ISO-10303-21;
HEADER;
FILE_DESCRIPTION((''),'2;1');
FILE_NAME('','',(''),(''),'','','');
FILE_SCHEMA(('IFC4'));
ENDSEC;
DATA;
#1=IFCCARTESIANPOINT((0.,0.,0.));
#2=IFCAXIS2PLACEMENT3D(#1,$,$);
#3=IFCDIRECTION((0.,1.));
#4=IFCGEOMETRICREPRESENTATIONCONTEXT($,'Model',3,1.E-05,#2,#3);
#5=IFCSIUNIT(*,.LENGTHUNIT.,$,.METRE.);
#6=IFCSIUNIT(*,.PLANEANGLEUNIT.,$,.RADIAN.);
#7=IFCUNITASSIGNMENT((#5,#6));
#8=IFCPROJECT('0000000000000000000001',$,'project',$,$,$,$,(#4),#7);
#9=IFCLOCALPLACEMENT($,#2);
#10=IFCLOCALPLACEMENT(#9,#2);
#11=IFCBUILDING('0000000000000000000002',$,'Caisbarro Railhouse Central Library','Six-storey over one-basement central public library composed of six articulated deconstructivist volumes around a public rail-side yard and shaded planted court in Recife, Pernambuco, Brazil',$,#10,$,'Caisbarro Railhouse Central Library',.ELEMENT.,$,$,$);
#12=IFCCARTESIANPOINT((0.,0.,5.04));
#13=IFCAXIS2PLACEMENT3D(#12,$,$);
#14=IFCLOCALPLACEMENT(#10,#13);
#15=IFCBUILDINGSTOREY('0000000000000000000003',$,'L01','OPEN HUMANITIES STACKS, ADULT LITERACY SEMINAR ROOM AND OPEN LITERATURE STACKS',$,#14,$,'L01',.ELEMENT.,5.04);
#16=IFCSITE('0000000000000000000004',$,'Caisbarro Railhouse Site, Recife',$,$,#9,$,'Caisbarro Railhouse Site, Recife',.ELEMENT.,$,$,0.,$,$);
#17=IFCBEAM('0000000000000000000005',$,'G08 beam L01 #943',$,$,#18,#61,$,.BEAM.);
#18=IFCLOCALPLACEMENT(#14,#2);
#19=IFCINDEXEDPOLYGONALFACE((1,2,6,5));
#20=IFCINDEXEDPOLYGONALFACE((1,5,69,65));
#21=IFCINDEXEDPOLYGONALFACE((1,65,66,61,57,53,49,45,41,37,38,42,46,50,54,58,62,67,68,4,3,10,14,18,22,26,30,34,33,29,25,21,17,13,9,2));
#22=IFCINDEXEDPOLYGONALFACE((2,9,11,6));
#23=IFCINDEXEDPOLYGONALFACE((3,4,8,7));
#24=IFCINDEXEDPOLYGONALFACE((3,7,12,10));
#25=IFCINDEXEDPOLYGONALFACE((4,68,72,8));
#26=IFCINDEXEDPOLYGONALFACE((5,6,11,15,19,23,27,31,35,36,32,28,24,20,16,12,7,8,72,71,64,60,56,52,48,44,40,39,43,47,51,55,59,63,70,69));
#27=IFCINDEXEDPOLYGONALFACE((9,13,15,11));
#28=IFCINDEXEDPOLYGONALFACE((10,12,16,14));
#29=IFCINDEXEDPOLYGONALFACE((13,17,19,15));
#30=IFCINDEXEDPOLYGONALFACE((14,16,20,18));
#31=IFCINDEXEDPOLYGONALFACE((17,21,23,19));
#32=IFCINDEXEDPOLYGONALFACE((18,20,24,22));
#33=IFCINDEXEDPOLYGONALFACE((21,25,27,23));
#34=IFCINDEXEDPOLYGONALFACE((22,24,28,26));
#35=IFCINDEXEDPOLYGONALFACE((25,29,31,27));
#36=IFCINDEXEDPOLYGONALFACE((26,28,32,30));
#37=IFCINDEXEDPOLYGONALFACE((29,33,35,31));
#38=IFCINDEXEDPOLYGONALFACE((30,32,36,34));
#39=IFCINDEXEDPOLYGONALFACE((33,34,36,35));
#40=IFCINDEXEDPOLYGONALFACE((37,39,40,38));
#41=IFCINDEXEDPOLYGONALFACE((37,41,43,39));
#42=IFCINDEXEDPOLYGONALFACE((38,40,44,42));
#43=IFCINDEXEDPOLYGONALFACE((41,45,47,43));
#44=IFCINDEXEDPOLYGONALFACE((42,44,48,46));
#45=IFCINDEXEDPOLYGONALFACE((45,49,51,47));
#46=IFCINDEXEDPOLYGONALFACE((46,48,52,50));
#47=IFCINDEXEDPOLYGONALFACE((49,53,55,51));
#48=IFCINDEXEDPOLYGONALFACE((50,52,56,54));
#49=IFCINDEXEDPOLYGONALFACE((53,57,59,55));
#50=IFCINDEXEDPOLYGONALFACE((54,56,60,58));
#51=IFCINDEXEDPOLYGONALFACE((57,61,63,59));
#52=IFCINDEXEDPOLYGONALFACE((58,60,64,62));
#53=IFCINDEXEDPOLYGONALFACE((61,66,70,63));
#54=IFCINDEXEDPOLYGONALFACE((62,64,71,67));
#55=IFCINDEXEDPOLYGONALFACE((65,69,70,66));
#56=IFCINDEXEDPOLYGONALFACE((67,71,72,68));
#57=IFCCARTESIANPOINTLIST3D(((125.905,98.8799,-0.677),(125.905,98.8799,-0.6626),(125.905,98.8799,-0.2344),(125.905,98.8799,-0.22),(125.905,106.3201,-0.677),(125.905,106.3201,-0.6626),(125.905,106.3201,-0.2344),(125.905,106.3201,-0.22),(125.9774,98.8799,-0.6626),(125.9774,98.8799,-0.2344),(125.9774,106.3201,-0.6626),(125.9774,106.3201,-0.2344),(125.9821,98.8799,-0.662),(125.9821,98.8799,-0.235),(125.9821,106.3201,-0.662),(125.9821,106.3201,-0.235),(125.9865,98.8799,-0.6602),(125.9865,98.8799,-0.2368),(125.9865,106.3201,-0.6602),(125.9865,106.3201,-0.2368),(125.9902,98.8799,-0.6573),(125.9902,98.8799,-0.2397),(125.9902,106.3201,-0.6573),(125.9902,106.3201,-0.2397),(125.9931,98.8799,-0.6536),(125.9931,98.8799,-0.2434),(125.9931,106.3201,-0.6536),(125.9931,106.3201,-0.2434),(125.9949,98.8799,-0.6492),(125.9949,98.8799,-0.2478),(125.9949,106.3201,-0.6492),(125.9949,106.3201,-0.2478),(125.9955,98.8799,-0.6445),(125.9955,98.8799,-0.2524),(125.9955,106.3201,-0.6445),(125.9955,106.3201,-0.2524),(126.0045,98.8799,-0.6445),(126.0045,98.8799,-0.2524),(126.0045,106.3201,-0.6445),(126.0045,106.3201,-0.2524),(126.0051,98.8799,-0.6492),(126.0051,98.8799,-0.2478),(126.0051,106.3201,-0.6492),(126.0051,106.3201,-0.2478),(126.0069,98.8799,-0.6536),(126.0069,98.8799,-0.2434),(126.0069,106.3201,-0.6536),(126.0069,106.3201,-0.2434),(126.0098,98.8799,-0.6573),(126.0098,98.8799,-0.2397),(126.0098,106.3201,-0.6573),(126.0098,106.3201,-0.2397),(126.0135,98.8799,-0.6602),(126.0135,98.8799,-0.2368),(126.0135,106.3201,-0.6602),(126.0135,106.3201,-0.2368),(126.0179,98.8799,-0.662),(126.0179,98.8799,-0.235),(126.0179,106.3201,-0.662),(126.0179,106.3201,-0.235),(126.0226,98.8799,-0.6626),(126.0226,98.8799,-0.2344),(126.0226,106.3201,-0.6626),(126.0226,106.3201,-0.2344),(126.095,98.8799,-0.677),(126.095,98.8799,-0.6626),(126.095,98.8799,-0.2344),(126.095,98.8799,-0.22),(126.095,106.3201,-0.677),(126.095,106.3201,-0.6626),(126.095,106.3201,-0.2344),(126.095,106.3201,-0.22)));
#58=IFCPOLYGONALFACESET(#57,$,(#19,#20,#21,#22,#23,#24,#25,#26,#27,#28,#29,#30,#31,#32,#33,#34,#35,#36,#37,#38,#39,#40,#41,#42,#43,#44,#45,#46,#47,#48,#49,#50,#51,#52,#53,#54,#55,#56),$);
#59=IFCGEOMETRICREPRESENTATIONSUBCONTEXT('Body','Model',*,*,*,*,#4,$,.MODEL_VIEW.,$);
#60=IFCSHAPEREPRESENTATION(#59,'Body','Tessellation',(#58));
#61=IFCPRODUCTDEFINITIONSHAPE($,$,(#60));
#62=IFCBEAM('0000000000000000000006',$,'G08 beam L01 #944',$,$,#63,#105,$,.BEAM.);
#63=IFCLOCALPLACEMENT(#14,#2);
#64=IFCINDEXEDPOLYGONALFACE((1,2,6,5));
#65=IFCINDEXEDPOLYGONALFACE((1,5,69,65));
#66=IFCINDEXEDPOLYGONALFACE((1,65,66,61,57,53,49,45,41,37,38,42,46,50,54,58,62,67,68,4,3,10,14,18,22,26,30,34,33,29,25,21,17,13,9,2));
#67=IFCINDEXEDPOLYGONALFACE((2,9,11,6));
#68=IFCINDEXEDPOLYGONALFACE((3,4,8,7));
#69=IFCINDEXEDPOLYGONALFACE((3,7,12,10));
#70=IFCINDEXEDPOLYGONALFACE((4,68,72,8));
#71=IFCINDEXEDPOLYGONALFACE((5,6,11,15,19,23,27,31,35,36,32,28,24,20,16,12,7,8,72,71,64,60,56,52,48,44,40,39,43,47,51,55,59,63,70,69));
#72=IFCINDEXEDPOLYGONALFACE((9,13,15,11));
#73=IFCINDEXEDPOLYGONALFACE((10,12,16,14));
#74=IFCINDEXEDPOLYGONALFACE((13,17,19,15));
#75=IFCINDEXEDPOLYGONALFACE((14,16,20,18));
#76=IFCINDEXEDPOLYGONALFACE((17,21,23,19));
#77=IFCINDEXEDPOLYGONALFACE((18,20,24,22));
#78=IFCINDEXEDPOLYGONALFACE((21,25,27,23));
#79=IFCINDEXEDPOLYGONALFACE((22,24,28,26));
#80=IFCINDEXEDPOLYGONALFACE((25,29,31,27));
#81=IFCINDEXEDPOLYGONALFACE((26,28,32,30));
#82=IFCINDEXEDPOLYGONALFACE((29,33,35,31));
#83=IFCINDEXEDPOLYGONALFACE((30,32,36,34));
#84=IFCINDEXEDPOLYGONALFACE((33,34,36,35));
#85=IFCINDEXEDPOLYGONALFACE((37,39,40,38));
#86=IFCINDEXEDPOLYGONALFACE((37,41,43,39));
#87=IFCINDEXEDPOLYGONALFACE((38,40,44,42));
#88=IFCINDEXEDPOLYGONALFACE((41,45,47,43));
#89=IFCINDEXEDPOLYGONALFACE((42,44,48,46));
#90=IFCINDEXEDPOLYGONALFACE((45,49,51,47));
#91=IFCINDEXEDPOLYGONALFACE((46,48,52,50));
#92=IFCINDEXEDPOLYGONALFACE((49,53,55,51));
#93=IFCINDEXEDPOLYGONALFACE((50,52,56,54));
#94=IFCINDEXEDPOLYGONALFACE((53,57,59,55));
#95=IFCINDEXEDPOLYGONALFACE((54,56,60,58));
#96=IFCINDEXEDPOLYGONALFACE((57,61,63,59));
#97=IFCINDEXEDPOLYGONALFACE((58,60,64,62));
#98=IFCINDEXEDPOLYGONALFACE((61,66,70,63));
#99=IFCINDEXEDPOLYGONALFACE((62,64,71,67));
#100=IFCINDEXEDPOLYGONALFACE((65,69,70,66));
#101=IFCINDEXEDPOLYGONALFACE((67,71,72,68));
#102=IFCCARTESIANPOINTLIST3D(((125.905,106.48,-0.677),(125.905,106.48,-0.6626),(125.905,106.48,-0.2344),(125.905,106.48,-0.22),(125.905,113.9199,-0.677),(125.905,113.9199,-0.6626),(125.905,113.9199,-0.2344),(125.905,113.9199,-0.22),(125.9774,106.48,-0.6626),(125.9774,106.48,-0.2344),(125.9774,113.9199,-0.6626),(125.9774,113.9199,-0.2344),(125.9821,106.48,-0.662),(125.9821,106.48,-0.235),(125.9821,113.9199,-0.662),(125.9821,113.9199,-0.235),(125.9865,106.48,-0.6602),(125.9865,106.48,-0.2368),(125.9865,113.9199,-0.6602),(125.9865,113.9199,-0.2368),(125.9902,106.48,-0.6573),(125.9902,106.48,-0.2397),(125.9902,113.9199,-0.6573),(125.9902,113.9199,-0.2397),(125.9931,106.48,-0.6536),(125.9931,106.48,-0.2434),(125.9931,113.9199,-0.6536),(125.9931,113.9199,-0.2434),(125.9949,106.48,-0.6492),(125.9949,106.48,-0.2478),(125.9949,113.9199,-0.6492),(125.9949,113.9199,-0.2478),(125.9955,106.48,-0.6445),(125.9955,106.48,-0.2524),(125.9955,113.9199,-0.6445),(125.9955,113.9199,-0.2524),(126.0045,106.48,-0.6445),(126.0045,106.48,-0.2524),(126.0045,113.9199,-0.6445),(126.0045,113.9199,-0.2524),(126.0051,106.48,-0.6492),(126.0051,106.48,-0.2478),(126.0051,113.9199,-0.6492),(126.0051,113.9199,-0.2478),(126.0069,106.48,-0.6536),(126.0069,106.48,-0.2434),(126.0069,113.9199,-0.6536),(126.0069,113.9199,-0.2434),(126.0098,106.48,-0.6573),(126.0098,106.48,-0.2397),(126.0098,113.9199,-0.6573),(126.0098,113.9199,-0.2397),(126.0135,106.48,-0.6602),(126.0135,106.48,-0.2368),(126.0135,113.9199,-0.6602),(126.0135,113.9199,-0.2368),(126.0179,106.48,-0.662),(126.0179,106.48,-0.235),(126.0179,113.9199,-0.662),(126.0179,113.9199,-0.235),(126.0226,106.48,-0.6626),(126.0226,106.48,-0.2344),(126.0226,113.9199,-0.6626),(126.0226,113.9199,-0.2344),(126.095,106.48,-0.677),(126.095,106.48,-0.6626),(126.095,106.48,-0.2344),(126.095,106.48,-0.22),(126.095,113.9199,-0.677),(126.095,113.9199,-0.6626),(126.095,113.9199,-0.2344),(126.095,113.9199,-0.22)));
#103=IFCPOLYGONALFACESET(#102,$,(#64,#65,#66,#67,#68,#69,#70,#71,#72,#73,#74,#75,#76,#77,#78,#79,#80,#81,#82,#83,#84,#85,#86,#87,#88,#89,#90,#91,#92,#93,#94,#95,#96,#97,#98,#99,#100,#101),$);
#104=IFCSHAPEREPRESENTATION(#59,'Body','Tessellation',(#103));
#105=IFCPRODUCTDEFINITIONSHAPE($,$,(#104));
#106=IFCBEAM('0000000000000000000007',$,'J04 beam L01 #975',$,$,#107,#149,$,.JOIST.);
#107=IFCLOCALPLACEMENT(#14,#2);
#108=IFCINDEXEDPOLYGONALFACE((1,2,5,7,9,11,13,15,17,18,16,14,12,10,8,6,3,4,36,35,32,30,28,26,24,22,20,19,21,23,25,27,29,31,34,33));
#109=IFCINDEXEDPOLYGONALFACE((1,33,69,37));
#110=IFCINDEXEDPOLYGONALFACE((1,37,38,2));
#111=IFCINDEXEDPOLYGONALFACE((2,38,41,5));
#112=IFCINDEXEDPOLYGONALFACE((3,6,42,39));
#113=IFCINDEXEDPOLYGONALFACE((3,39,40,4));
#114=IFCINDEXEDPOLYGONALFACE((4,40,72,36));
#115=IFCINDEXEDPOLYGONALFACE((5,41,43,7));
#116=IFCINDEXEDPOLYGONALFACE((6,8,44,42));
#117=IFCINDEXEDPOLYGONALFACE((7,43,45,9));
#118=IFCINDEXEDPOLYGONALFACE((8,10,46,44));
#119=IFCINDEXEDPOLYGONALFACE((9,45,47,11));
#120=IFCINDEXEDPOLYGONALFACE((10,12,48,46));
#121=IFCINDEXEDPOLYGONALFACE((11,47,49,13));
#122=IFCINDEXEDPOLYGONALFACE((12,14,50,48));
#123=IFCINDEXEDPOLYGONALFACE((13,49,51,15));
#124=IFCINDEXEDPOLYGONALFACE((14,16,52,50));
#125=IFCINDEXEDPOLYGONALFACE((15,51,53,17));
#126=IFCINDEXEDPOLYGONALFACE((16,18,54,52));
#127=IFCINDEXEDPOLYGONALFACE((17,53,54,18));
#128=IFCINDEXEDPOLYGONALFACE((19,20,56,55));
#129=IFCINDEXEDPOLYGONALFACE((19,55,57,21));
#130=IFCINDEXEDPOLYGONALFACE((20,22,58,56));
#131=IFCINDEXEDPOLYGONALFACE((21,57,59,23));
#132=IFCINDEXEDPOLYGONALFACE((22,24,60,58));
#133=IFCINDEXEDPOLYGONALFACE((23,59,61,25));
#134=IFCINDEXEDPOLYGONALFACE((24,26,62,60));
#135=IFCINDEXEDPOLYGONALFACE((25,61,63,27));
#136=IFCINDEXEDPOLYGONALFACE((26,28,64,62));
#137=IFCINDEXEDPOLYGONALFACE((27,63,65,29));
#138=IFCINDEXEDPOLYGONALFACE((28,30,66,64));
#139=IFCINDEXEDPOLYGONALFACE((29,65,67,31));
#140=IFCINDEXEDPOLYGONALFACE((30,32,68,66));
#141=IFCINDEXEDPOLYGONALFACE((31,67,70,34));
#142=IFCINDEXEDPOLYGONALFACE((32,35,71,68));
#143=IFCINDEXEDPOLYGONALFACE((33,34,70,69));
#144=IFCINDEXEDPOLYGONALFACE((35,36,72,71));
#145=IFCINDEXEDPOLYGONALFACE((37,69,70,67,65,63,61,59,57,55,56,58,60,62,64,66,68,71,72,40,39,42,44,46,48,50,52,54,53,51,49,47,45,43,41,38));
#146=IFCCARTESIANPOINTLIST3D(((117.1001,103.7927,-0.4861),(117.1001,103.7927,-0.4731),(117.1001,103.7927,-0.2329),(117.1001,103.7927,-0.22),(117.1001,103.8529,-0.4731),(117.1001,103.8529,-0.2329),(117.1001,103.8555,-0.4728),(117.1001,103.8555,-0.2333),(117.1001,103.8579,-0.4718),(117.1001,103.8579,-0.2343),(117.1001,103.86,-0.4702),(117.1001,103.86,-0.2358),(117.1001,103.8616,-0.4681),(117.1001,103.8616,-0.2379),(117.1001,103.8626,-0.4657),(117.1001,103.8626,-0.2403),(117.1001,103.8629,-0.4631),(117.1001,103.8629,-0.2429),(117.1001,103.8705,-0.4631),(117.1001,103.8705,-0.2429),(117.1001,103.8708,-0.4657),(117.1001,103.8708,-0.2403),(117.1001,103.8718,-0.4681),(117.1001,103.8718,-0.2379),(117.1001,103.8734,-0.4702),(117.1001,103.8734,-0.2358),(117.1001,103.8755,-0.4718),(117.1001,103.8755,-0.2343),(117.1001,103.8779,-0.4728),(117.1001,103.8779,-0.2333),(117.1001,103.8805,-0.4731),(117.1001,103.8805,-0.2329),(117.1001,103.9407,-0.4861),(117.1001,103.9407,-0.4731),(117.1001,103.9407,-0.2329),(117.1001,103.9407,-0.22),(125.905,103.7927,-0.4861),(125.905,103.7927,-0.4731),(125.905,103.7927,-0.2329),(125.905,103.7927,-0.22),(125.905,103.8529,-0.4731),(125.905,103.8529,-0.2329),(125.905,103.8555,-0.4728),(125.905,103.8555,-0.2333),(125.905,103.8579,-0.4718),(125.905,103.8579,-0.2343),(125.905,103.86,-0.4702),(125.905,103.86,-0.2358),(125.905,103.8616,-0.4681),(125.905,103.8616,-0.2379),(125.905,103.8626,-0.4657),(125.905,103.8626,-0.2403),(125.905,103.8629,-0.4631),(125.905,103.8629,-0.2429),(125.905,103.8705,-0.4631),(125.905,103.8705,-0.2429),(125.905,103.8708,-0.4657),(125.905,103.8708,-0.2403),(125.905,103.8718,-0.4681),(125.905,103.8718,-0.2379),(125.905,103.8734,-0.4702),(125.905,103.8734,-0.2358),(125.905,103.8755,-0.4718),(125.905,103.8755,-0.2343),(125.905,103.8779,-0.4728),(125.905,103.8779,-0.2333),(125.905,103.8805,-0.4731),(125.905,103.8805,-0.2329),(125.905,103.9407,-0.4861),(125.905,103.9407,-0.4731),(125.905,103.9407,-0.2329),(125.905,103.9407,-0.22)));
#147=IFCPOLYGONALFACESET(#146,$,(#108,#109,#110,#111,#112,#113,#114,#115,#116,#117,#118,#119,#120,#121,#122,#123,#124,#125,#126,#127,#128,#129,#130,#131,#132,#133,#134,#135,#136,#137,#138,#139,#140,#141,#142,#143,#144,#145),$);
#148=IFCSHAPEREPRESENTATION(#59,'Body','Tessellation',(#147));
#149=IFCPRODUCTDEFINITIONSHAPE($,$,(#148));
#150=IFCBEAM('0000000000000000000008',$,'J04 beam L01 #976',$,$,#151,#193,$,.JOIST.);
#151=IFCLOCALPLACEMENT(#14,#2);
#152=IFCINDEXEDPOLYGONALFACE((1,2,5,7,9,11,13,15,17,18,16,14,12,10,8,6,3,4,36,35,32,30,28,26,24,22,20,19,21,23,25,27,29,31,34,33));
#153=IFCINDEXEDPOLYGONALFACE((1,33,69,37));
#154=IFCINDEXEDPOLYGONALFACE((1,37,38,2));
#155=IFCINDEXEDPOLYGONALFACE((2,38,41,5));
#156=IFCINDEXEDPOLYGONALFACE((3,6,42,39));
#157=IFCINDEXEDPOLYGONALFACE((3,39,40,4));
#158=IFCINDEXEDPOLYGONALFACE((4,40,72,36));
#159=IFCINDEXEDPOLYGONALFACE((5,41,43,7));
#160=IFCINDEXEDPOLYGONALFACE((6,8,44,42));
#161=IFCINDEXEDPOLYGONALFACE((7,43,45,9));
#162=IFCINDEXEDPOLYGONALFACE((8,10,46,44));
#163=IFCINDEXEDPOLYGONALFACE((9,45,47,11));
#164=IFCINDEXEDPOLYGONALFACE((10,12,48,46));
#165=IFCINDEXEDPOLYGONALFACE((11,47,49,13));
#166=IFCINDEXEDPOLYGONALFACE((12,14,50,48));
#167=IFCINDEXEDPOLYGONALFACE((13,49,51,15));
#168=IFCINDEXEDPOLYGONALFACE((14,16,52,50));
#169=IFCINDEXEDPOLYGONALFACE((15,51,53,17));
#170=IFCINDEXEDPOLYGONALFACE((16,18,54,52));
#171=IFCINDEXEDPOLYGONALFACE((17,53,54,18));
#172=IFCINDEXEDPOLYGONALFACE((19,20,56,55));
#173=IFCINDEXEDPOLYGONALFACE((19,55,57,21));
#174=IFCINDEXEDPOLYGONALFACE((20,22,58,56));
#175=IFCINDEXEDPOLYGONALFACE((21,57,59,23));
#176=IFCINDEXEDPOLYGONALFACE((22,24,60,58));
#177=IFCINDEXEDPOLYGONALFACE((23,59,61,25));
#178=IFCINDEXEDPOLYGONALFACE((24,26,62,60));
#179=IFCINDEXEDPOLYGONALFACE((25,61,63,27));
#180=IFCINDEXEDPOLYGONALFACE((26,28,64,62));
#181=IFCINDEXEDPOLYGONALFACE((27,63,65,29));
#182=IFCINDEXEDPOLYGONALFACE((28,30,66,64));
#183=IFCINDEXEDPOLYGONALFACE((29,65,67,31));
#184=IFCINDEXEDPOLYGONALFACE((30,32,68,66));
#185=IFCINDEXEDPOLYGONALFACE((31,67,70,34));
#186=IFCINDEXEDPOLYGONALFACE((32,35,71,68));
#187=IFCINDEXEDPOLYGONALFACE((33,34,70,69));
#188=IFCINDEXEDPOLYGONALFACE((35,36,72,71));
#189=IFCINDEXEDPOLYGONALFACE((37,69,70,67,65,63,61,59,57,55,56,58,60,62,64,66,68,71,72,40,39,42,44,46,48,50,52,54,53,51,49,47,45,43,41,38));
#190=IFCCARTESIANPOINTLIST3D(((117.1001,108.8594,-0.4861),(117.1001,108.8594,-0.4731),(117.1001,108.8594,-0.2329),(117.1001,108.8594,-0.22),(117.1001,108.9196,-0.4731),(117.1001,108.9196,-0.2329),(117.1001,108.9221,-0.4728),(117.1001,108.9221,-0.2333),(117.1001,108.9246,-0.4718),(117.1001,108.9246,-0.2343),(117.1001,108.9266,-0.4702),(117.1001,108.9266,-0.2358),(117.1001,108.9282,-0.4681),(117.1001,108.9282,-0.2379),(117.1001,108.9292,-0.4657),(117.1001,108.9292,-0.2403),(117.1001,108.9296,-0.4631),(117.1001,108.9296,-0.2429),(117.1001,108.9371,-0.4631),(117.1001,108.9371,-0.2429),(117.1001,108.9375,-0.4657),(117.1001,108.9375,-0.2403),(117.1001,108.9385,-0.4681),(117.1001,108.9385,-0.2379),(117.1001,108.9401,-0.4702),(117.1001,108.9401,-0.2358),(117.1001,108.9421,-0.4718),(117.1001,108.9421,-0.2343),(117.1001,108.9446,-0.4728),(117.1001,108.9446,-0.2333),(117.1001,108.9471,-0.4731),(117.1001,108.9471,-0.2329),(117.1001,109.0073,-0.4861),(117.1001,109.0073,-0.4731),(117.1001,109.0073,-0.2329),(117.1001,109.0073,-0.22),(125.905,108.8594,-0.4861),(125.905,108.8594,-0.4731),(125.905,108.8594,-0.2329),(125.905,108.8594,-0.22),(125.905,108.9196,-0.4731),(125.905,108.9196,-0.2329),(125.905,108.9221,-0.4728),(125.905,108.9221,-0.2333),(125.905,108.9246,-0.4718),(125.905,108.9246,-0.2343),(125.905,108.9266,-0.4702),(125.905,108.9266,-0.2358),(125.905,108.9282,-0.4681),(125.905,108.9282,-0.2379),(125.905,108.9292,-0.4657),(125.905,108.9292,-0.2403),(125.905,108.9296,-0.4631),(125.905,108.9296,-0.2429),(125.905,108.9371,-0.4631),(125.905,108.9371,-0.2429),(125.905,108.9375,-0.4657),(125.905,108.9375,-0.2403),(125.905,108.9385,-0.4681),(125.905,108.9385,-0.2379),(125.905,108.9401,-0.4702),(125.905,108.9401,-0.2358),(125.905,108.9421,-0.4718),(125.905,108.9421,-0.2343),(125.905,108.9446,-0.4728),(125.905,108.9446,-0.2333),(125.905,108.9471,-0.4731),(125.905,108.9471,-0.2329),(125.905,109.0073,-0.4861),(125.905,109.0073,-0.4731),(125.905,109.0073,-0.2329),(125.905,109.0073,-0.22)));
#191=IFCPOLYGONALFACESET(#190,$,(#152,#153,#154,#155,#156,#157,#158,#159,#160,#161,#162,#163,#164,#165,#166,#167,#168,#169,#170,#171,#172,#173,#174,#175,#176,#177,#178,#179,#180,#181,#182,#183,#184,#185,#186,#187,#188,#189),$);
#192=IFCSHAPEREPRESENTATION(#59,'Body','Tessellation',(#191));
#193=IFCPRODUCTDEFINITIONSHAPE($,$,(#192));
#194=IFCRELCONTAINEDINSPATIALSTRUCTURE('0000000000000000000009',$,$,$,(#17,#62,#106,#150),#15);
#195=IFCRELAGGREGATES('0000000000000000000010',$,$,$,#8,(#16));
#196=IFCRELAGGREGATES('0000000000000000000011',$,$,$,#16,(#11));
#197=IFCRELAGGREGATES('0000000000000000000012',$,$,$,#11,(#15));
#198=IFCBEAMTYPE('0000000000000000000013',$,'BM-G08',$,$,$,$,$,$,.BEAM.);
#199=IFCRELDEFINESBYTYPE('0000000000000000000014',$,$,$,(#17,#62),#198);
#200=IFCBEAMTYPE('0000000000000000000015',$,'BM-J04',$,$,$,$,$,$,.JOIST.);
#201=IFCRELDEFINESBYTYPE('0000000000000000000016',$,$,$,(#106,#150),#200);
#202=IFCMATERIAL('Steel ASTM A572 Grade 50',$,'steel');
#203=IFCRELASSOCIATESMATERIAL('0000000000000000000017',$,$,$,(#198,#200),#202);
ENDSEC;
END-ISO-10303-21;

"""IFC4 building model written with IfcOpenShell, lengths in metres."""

from ifc_helpers import new_model, si_unit, direction, frame, origin, origin_2d, place, context, subcontext, project, spatial, i_section, extrude, material, material_profile, profile_set, type_object, element, save


model = new_model("IFC4")

# Units and contexts
model_context = context("Model", 3, precision=1e-05, world=origin(), true_north=direction((0.0, 1.0)))
body_context = subcontext(model_context, "Body", "Model", "MODEL_VIEW")
ifc_project = project(units=[si_unit("LENGTHUNIT", "METRE"), si_unit("PLANEANGLEUNIT", "RADIAN")], contexts=[model_context])

# Site, building, storey
site_placement = place(None, origin())
site = spatial("IfcSite", under=ifc_project, at=site_placement, Name="Caisbarro Railhouse Site, Recife", LongName="Caisbarro Railhouse Site, Recife", CompositionType="ELEMENT", RefElevation=0.0)
building_placement = place(site_placement, origin())
building = spatial("IfcBuilding", under=site, at=building_placement, Name="Caisbarro Railhouse Central Library", Description="Six-storey over one-basement central public library composed of six articulated deconstructivist volumes around a public rail-side yard and shaded planted court in Recife, Pernambuco, Brazil", LongName="Caisbarro Railhouse Central Library", CompositionType="ELEMENT")
storey_placement = place(building_placement, frame((0.0, 0.0, 5.04)))
storey = spatial("IfcBuildingStorey", under=building, at=storey_placement, Name="L01", Description="OPEN HUMANITIES STACKS, ADULT LITERACY SEMINAR ROOM AND OPEN LITERATURE STACKS", LongName="L01", CompositionType="ELEMENT", Elevation=5.04)

# Shared definitions
ifc_material_1 = material(Name="Steel ASTM A572 Grade 50", Category="steel")

# Beams
ifc_material_profile_1 = material_profile(ifc_material_1, i_section(OverallWidth=0.1899, OverallDepth=0.457, WebThickness=0.009, FlangeThickness=0.0144, FilletRadius=0.0181, at=origin_2d()), Name="W460X74.0")
ifc_profile_set_1 = profile_set([ifc_material_profile_1], Name="Steel ASTM A572 Grade 50")
beam_type_1 = type_object("IfcBeamType", Name="BM-G08", PredefinedType="BEAM", material=ifc_profile_set_1)
beam_1_placement = place(storey_placement, frame((126.0, 98.8799, -0.4485), z_axis=(0.0, 1.0, 0.0), x_axis=(-1.0, 0.0, 0.0)))
element("IfcBeam", 1, at=beam_1_placement, inside=storey, type_object=beam_type_1, Name="G08 beam L01 #943", PredefinedType="BEAM", context=body_context, shape_type="SweptSolid", body=[
    extrude(i_section(OverallWidth=0.1899, OverallDepth=0.457, WebThickness=0.009, FlangeThickness=0.0144, FilletRadius=0.0181, at=origin_2d()), origin(), (0.0, 0.0, 1.0), 7.4402),
])
beam_2_placement = place(storey_placement, frame((126.0, 106.48, -0.4485), z_axis=(0.0, 1.0, 0.0), x_axis=(-1.0, 0.0, 0.0)))
element("IfcBeam", 2, at=beam_2_placement, inside=storey, type_object=beam_type_1, Name="G08 beam L01 #944", PredefinedType="BEAM", context=body_context, shape_type="SweptSolid", body=[
    extrude(i_section(OverallWidth=0.1899, OverallDepth=0.457, WebThickness=0.009, FlangeThickness=0.0144, FilletRadius=0.0181, at=origin_2d()), origin(), (0.0, 0.0, 1.0), 7.4399),
])
ifc_material_profile_2 = material_profile(ifc_material_1, i_section(OverallWidth=0.1479, OverallDepth=0.2661, WebThickness=0.0076, FlangeThickness=0.0129, FilletRadius=0.01, at=origin_2d()), Name="W250X44.8")
ifc_profile_set_2 = profile_set([ifc_material_profile_2], Name="Steel ASTM A572 Grade 50")
beam_type_2 = type_object("IfcBeamType", Name="BM-J04", PredefinedType="JOIST", material=ifc_profile_set_2)
for number, where, z_axis, x_axis, name in (
    (3, (117.1001, 103.8667, -0.353), (1.0, 0.0, 0.0), (0.0, 1.0, 0.0), "J04 beam L01 #975"),
    (4, (117.1001, 108.9333, -0.353), (1.0, 0.0, 0.0), (0.0, 1.0, 0.0), "J04 beam L01 #976"),
):
    element("IfcBeam", number, at=place(storey_placement, frame(where, z_axis=z_axis, x_axis=x_axis)), inside=storey, type_object=beam_type_2, Name=name, PredefinedType="JOIST", context=body_context, shape_type="SweptSolid", body=[
        extrude(i_section(OverallWidth=0.1479, OverallDepth=0.2661, WebThickness=0.0076, FlangeThickness=0.0129, FilletRadius=0.01, at=origin_2d()), origin(), (0.0, 0.0, 1.0), 8.8049),
    ])

save(model, "model.ifc")
